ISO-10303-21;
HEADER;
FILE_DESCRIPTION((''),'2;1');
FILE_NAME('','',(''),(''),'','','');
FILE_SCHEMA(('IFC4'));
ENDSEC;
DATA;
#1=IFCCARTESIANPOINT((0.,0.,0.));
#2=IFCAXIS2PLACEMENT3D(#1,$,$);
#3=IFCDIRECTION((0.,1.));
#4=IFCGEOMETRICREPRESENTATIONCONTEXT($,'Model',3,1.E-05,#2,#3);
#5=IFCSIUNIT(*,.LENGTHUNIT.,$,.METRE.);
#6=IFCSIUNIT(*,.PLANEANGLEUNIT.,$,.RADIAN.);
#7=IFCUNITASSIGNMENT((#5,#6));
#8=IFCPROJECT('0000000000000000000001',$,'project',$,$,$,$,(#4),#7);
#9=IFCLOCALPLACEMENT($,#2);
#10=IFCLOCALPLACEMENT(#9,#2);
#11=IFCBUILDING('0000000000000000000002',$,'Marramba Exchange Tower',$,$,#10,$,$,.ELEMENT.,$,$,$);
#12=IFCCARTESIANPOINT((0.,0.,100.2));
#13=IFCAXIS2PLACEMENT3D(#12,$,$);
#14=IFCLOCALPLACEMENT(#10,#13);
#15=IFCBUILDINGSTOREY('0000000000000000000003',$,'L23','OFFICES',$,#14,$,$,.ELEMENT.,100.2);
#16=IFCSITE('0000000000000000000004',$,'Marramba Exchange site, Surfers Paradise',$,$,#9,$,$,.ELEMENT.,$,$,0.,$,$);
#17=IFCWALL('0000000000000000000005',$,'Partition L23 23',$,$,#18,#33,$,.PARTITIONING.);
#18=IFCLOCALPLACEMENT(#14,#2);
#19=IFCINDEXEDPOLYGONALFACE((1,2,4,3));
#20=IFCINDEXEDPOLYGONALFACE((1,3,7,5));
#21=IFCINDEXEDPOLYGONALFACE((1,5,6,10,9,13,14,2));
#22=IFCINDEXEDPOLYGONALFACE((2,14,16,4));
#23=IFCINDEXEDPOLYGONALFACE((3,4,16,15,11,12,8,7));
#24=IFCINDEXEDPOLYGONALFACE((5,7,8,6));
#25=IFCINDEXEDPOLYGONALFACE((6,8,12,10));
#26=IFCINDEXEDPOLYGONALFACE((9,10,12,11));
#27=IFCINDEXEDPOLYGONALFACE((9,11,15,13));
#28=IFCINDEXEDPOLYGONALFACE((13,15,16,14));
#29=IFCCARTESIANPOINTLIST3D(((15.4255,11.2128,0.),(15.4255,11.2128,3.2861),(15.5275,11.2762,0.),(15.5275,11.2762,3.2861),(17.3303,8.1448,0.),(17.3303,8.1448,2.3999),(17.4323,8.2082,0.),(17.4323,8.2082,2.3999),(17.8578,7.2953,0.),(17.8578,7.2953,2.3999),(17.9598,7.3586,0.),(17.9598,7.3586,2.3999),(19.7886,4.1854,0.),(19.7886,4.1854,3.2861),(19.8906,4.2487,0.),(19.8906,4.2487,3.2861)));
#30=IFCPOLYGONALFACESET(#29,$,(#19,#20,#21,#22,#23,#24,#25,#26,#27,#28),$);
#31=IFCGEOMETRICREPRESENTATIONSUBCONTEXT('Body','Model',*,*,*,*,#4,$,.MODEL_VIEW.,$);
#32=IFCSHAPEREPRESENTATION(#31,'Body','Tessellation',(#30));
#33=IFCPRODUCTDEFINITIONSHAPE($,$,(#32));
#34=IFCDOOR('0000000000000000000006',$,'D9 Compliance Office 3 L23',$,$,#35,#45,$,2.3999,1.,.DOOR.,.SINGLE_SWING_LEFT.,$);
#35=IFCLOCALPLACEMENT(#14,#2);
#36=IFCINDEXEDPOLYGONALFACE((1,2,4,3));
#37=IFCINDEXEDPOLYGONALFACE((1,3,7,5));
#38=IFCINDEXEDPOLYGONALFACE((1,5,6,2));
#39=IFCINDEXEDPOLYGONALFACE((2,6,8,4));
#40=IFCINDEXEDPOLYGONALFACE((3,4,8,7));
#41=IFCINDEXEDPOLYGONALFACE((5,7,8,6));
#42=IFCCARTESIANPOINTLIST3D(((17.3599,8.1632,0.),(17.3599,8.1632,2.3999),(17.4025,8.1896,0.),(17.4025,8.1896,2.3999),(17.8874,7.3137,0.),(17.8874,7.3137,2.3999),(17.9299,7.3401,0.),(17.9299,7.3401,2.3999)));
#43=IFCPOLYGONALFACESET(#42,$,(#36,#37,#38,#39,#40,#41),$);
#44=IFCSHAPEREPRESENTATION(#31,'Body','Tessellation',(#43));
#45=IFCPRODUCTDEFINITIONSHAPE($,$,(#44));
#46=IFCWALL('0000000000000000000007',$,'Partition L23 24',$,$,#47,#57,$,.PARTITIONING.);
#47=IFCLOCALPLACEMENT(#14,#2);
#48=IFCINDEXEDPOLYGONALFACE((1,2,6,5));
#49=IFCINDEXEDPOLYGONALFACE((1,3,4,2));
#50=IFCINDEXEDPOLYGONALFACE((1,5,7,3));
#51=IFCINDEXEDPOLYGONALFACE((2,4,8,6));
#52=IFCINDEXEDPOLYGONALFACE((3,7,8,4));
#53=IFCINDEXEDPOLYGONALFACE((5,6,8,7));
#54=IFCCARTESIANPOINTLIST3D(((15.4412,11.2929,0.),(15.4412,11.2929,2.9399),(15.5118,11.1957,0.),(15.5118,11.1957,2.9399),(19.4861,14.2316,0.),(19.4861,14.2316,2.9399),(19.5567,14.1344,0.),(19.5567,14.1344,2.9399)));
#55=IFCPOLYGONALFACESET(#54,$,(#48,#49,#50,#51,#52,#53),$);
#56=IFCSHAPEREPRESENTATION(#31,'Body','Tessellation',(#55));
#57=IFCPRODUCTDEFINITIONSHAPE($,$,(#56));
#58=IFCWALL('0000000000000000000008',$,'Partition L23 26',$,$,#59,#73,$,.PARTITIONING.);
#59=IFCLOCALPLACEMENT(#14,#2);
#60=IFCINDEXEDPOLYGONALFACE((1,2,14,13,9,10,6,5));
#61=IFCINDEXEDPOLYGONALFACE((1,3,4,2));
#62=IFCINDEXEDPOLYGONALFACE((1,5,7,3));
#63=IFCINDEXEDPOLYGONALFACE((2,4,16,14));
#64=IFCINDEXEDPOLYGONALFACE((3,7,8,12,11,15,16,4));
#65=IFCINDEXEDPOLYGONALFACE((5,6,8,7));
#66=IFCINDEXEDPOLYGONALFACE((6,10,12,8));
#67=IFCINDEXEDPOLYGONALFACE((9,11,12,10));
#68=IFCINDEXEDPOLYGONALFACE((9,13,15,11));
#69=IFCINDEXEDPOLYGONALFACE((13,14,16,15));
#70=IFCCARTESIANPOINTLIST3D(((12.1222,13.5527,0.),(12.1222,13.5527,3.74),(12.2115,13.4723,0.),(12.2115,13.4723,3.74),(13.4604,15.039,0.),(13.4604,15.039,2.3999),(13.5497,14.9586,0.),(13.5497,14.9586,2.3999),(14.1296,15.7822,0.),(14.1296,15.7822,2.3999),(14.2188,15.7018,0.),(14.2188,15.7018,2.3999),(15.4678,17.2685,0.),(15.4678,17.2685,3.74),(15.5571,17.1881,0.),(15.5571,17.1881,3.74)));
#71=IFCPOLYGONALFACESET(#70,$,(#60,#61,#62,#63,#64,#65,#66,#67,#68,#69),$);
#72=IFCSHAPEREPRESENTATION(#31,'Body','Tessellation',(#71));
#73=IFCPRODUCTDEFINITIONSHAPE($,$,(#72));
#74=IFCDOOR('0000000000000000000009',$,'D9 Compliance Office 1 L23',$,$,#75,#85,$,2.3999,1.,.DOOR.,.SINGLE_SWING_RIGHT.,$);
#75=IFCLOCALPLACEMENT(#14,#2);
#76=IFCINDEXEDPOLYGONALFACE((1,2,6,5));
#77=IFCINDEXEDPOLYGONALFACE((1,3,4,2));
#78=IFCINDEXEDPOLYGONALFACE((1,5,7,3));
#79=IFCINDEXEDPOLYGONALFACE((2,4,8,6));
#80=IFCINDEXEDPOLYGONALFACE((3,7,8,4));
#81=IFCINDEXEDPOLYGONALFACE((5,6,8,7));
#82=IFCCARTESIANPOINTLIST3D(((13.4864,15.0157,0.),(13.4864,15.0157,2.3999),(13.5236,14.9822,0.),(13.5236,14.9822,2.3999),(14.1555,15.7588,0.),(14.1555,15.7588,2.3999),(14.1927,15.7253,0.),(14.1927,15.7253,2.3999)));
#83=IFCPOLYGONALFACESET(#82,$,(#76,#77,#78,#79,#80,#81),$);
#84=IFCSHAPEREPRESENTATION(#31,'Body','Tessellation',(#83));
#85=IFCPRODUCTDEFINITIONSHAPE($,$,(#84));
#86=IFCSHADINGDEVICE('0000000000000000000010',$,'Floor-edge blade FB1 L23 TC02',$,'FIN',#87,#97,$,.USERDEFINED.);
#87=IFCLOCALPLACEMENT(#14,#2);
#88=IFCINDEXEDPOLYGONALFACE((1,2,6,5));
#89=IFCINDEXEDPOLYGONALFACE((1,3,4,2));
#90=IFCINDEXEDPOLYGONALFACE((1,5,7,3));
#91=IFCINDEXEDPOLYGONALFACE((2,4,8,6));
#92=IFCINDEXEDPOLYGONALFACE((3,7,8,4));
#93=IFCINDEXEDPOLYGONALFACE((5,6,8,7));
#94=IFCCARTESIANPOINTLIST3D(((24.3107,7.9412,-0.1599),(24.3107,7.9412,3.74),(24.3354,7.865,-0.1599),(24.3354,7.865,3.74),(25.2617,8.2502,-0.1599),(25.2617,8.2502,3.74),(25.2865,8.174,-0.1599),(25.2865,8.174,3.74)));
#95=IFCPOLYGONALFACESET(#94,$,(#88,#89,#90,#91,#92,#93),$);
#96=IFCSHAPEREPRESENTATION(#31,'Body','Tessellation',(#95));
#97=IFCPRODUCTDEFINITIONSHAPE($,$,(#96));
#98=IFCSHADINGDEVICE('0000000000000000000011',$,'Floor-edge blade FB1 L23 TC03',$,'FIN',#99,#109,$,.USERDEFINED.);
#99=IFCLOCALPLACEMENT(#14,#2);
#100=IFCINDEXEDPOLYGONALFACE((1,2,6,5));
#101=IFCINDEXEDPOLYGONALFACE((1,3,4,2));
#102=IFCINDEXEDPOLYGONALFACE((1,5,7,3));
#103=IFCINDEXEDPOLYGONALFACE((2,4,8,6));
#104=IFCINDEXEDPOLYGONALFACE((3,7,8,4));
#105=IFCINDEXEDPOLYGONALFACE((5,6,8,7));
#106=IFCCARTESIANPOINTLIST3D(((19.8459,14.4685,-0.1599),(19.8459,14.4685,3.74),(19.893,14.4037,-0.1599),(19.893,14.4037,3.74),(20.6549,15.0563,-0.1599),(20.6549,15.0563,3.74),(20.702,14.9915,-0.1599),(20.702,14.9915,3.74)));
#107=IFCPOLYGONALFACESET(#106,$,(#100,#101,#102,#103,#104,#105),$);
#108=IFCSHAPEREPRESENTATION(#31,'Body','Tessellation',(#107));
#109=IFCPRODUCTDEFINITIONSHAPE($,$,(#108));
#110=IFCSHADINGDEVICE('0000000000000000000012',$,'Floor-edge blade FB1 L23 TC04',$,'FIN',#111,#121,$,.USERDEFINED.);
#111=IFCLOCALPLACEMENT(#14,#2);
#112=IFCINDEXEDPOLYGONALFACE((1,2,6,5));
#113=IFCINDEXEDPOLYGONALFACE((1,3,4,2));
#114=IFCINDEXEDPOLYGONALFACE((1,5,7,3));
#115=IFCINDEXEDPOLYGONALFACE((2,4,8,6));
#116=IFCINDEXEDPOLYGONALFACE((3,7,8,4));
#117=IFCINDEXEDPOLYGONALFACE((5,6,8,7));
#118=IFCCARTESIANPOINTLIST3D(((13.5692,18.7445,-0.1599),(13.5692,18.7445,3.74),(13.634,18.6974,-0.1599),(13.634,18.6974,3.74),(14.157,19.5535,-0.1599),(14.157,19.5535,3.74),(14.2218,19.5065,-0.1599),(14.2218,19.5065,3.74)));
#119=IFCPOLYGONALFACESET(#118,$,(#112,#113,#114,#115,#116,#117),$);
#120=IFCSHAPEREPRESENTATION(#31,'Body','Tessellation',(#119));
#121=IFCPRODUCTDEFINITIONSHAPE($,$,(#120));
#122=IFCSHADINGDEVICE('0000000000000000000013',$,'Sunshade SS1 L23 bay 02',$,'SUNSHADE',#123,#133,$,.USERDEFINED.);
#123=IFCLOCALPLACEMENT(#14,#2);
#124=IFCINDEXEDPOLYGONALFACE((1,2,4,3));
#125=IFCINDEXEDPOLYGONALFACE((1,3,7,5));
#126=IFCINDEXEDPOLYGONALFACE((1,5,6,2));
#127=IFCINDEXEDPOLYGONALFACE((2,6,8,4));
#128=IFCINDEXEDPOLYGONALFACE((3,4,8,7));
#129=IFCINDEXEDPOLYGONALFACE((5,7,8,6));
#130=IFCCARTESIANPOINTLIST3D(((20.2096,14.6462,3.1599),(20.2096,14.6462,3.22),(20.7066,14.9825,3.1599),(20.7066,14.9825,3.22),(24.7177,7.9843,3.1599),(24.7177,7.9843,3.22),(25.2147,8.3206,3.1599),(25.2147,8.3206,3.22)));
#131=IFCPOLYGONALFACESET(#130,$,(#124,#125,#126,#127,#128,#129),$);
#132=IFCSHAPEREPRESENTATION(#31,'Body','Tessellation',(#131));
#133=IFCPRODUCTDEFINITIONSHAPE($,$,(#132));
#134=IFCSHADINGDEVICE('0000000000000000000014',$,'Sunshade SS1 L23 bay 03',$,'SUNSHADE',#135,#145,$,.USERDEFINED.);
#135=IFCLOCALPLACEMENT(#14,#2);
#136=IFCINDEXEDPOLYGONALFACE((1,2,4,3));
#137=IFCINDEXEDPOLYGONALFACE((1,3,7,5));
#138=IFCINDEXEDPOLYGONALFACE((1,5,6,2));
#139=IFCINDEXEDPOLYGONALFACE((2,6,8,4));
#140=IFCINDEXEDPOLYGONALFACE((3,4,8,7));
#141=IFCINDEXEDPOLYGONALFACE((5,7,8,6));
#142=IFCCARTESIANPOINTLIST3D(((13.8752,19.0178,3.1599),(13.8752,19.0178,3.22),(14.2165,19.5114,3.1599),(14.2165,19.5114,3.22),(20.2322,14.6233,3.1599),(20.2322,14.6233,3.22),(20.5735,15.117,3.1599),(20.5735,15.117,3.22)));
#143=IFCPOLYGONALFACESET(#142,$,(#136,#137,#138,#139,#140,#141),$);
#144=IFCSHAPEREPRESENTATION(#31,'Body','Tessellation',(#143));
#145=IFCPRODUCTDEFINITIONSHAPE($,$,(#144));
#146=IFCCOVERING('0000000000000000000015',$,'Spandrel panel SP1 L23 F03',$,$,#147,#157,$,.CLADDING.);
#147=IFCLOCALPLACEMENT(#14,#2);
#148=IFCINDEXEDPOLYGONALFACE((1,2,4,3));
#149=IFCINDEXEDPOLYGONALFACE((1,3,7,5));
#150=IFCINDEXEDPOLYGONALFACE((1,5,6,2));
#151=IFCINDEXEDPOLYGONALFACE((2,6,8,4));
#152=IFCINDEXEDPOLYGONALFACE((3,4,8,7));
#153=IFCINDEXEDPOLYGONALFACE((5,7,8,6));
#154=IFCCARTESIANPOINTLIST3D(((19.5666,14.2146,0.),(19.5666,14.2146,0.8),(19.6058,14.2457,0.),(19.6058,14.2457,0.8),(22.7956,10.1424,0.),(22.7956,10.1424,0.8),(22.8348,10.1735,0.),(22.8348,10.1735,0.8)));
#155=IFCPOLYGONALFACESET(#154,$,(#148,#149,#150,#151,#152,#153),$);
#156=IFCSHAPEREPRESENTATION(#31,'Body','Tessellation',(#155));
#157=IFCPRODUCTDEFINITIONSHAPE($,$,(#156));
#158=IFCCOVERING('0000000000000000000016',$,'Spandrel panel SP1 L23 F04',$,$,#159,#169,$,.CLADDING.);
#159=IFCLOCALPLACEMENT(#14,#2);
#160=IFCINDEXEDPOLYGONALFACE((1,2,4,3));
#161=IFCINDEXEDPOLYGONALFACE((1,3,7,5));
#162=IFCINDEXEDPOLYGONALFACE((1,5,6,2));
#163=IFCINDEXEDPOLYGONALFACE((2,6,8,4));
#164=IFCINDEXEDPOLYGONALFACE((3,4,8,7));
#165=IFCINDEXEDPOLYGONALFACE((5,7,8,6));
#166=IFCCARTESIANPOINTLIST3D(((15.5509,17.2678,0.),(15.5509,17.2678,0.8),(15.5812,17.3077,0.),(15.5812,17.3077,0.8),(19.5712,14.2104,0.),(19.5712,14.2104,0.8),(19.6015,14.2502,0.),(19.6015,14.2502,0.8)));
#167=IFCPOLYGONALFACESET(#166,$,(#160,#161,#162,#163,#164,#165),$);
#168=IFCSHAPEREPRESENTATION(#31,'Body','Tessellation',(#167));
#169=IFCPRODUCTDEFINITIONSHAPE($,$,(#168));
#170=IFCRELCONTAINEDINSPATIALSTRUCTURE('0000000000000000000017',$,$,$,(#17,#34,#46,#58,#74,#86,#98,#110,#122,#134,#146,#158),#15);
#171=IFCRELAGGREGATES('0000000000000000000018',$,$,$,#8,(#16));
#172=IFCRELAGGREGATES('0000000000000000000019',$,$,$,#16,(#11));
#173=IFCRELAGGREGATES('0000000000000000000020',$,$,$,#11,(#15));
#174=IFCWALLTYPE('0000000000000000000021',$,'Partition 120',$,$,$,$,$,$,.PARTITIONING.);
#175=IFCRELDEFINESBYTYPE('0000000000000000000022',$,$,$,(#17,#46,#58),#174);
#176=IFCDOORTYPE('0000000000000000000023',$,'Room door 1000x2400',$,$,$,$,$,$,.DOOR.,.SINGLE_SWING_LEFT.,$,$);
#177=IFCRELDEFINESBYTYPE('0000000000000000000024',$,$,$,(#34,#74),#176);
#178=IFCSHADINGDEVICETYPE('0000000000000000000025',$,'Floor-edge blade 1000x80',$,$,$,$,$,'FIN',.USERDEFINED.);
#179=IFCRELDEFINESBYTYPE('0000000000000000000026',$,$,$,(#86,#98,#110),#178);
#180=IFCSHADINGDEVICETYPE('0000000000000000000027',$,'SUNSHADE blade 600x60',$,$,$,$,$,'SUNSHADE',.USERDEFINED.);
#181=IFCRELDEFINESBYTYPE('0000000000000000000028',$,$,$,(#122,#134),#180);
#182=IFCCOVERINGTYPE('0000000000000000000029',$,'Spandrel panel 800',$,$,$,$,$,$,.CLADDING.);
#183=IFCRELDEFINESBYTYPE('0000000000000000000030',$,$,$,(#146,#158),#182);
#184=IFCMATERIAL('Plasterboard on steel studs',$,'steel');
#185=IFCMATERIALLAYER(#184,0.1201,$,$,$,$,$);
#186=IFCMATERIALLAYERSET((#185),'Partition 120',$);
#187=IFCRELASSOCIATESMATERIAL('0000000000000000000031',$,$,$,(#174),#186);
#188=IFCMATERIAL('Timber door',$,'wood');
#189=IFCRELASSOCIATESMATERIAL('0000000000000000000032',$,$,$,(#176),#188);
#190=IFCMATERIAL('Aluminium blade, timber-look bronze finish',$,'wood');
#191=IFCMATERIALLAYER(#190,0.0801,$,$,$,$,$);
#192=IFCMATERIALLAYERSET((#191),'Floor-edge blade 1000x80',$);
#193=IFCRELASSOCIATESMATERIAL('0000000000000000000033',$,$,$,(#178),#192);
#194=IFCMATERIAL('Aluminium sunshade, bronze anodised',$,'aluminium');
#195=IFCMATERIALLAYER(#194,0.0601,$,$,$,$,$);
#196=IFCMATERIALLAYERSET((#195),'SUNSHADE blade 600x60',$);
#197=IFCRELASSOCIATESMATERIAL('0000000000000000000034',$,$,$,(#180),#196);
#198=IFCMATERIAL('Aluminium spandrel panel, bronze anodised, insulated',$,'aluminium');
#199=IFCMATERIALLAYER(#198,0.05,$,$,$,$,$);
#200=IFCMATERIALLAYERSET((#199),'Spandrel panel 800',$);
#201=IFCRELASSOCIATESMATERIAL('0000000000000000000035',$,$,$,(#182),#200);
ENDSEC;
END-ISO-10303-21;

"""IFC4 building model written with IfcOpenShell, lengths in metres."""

from ifc_helpers import new_model, si_unit, direction, frame, frame_2d, origin, origin_2d, place, context, subcontext, project, spatial, rectangle, extrude, material, layer, layer_set, type_object, element, fill, save


model = new_model("IFC4")

# Units and contexts
model_context = context("Model", 3, precision=1e-05, world=origin(), true_north=direction((0.0, 1.0)))
body_context = subcontext(model_context, "Body", "Model", "MODEL_VIEW")
ifc_project = project(units=[si_unit("LENGTHUNIT", "METRE"), si_unit("PLANEANGLEUNIT", "RADIAN")], contexts=[model_context])

# Site, building, storey
site_placement = place(None, origin())
site = spatial("IfcSite", under=ifc_project, at=site_placement, Name="Marramba Exchange site, Surfers Paradise", CompositionType="ELEMENT", RefElevation=0.0)
building_placement = place(site_placement, origin())
building = spatial("IfcBuilding", under=site, at=building_placement, Name="Marramba Exchange Tower", CompositionType="ELEMENT")
storey_placement = place(building_placement, frame((0.0, 0.0, 100.2)))
storey = spatial("IfcBuildingStorey", under=building, at=storey_placement, Name="L23", Description="OFFICES", CompositionType="ELEMENT", Elevation=100.2)

# Wall, opening, door
ifc_material_1 = material(Name="Plasterboard on steel studs", Category="steel")
ifc_layer_1 = layer(ifc_material_1, 0.1201)
ifc_layer_set_1 = layer_set([ifc_layer_1], Name="Partition 120")
wall_type = type_object("IfcWallType", Name="Partition 120", PredefinedType="PARTITIONING", material=ifc_layer_set_1)
wall_1_placement = place(storey_placement, frame((15.4766, 11.2444, 0.0), z_axis=(0.0, 0.0, 1.0), x_axis=(0.527471, -0.849573, 0.0)))
wall_1 = element("IfcWall", 1, at=wall_1_placement, inside=storey, type_object=wall_type, Name="Partition L23 23", PredefinedType="PARTITIONING", context=body_context, shape_type="SweptSolid", body=[
    extrude(rectangle(XDim=8.2717, YDim=0.1201, at=frame_2d((4.1357, 0.0))), origin(), (0.0, 0.0, 1.0), 3.2861),
])
opening_1_placement = place(wall_1_placement, frame((3.6111, 0.0, 0.0)))
opening_1 = element("IfcOpeningElement", 2, at=opening_1_placement, cuts=wall_1, PredefinedType="OPENING", context=body_context, shape_type="SweptSolid", body=[
    extrude(rectangle(XDim=1.0, YDim=2.3999, at=frame_2d((0.5, 1.2))), frame((0.0, 0.0701, 0.0), z_axis=(0.0, -1.0, 0.0), x_axis=(1.0, 0.0, 0.0)), (0.0, 0.0, 1.0), 0.1401),
])
ifc_material_2 = material(Name="Timber door", Category="wood")
door_type = type_object("IfcDoorType", Name="Room door 1000x2400", OperationType="SINGLE_SWING_LEFT", PredefinedType="DOOR", material=ifc_material_2)
door_1_placement = place(opening_1_placement, origin())
door_1 = element("IfcDoor", 3, at=door_1_placement, inside=storey, type_object=door_type, Name="D9 Compliance Office 3 L23", OperationType="SINGLE_SWING_LEFT", OverallHeight=2.3999, OverallWidth=1.0, PredefinedType="DOOR", context=body_context, shape_type="SweptSolid", body=[
    extrude(rectangle(XDim=1.0, YDim=2.3999, at=frame_2d((0.5, 1.2))), frame((0.0, 0.0249, 0.0), z_axis=(0.0, -1.0, 0.0), x_axis=(1.0, 0.0, 0.0)), (0.0, 0.0, 1.0), 0.05),
])
fill(opening_1, door_1)

# Wall
wall_2_placement = place(storey_placement, frame((19.5215, 14.1831, 0.0), z_axis=(0.0, 0.0, 1.0), x_axis=(-0.809025, -0.587774, 0.0)))
element("IfcWall", 4, at=wall_2_placement, inside=storey, type_object=wall_type, Name="Partition L23 24", PredefinedType="PARTITIONING", context=body_context, shape_type="SweptSolid", body=[
    extrude(rectangle(XDim=4.9998, YDim=0.1201, at=frame_2d((2.5, 0.0))), origin(), (0.0, 0.0, 1.0), 2.9399),
])

# Wall, opening, door
wall_3_placement = place(storey_placement, frame((15.5125, 17.2283, 0.0), z_axis=(0.0, 0.0, 1.0), x_axis=(-0.669127, -0.743148, 0.0)))
wall_3 = element("IfcWall", 5, at=wall_3_placement, inside=storey, type_object=wall_type, Name="Partition L23 26", PredefinedType="PARTITIONING", context=body_context, shape_type="SweptSolid", body=[
    extrude(rectangle(XDim=5.0, YDim=0.1201, at=frame_2d((2.5, 0.0))), origin(), (0.0, 0.0, 1.0), 3.74),
])
opening_2_placement = place(wall_3_placement, frame((2.0, 0.0, 0.0)))
opening_2 = element("IfcOpeningElement", 6, at=opening_2_placement, cuts=wall_3, PredefinedType="OPENING", context=body_context, shape_type="SweptSolid", body=[
    extrude(rectangle(XDim=1.0, YDim=2.3999, at=frame_2d((0.5, 1.2))), frame((0.0, 0.0701, 0.0), z_axis=(0.0, -1.0, 0.0), x_axis=(1.0, 0.0, 0.0)), (0.0, 0.0, 1.0), 0.1401),
])
door_2_placement = place(opening_2_placement, origin())
door_2 = element("IfcDoor", 7, at=door_2_placement, inside=storey, type_object=door_type, Name="D9 Compliance Office 1 L23", OperationType="SINGLE_SWING_RIGHT", OverallHeight=2.3999, OverallWidth=1.0, PredefinedType="DOOR", context=body_context, shape_type="SweptSolid", body=[
    extrude(rectangle(XDim=1.0, YDim=2.3999, at=frame_2d((0.5, 1.2))), frame((0.0, 0.0249, 0.0), z_axis=(0.0, -1.0, 0.0), x_axis=(1.0, 0.0, 0.0)), (0.0, 0.0, 1.0), 0.05),
])
fill(opening_2, door_2)

# Shading devices
ifc_material_3 = material(Name="Aluminium blade, timber-look bronze finish", Category="wood")
ifc_layer_2 = layer(ifc_material_3, 0.0801)
ifc_layer_set_2 = layer_set([ifc_layer_2], Name="Floor-edge blade 1000x80")
shading_device_type_1 = type_object("IfcShadingDeviceType", Name="Floor-edge blade 1000x80", ElementType="FIN", PredefinedType="USERDEFINED", material=ifc_layer_set_2)
for number, where, z_axis, x_axis, name in (
    (8, (24.7986, 8.0576, -0.1599), (0.0, 0.0, 1.0), (0.951057, 0.309017, 0.0), "Floor-edge blade FB1 L23 TC02"),
    (9, (20.2739, 14.73, -0.1599), (0.0, 0.0, 1.0), (0.809017, 0.587785, 0.0), "Floor-edge blade FB1 L23 TC03"),
    (10, (13.8955, 19.1255, -0.1599), (0.0, 0.0, 1.0), (0.587785, 0.809017, 0.0), "Floor-edge blade FB1 L23 TC04"),
):
    element("IfcShadingDevice", number, at=place(storey_placement, frame(where, z_axis=z_axis, x_axis=x_axis)), inside=storey, type_object=shading_device_type_1, Name=name, ObjectType="FIN", PredefinedType="USERDEFINED", context=body_context, shape_type="SweptSolid", body=[
        extrude(rectangle(XDim=1.0, YDim=0.0801, at=origin_2d()), origin(), (0.0, 0.0, 1.0), 3.8999),
    ])
ifc_material_4 = material(Name="Aluminium sunshade, bronze anodised", Category="aluminium")
ifc_layer_3 = layer(ifc_material_4, 0.0601)
ifc_layer_set_3 = layer_set([ifc_layer_3], Name="SUNSHADE blade 600x60")
shading_device_type_2 = type_object("IfcShadingDeviceType", Name="SUNSHADE blade 600x60", ElementType="SUNSHADE", PredefinedType="USERDEFINED", material=ifc_layer_set_3)
shading_device_1_placement = place(storey_placement, frame((22.7122, 11.4834, 3.1599), z_axis=(0.0, 0.0, 1.0), x_axis=(-0.560442, 0.828194, 0.0)))
element("IfcShadingDevice", 11, at=shading_device_1_placement, inside=storey, type_object=shading_device_type_2, Name="Sunshade SS1 L23 bay 02", ObjectType="SUNSHADE", PredefinedType="USERDEFINED", context=body_context, shape_type="SweptSolid", body=[
    extrude(rectangle(XDim=8.0439, YDim=0.6001, at=origin_2d()), origin(), (0.0, 0.0, 1.0), 0.0601),
])
shading_device_2_placement = place(storey_placement, frame((17.2244, 17.0674, 3.1599), z_axis=(0.0, 0.0, 1.0), x_axis=(-0.82259, 0.568636, 0.0)))
element("IfcShadingDevice", 12, at=shading_device_2_placement, inside=storey, type_object=shading_device_type_2, Name="Sunshade SS1 L23 bay 03", ObjectType="SUNSHADE", PredefinedType="USERDEFINED", context=body_context, shape_type="SweptSolid", body=[
    extrude(rectangle(XDim=7.728, YDim=0.6001, at=origin_2d()), origin(), (0.0, 0.0, 1.0), 0.0601),
])

# Coverings
ifc_material_5 = material(Name="Aluminium spandrel panel, bronze anodised, insulated", Category="aluminium")
ifc_layer_4 = layer(ifc_material_5, 0.05)
ifc_layer_set_4 = layer_set([ifc_layer_4], Name="Spandrel panel 800")
covering_type = type_object("IfcCoveringType", Name="Spandrel panel 800", PredefinedType="CLADDING", material=ifc_layer_set_4)
covering_1_placement = place(storey_placement, frame((21.2007, 12.1941, 0.0), z_axis=(0.0, 0.0, 1.0), x_axis=(-0.621312, 0.783563, 0.0)))
element("IfcCovering", 13, at=covering_1_placement, inside=storey, type_object=covering_type, Name="Spandrel panel SP1 L23 F03", PredefinedType="CLADDING", context=body_context, shape_type="SweptSolid", body=[
    extrude(rectangle(XDim=5.197, YDim=0.05, at=origin_2d()), origin(), (0.0, 0.0, 1.0), 0.8),
])
covering_2_placement = place(storey_placement, frame((17.5762, 15.759, 0.0), z_axis=(0.0, 0.0, 1.0), x_axis=(-0.795972, 0.605334, 0.0)))
element("IfcCovering", 14, at=covering_2_placement, inside=storey, type_object=covering_type, Name="Spandrel panel SP1 L23 F04", PredefinedType="CLADDING", context=body_context, shape_type="SweptSolid", body=[
    extrude(rectangle(XDim=5.0508, YDim=0.05, at=origin_2d()), origin(), (0.0, 0.0, 1.0), 0.8),
])

save(model, "model.ifc")
